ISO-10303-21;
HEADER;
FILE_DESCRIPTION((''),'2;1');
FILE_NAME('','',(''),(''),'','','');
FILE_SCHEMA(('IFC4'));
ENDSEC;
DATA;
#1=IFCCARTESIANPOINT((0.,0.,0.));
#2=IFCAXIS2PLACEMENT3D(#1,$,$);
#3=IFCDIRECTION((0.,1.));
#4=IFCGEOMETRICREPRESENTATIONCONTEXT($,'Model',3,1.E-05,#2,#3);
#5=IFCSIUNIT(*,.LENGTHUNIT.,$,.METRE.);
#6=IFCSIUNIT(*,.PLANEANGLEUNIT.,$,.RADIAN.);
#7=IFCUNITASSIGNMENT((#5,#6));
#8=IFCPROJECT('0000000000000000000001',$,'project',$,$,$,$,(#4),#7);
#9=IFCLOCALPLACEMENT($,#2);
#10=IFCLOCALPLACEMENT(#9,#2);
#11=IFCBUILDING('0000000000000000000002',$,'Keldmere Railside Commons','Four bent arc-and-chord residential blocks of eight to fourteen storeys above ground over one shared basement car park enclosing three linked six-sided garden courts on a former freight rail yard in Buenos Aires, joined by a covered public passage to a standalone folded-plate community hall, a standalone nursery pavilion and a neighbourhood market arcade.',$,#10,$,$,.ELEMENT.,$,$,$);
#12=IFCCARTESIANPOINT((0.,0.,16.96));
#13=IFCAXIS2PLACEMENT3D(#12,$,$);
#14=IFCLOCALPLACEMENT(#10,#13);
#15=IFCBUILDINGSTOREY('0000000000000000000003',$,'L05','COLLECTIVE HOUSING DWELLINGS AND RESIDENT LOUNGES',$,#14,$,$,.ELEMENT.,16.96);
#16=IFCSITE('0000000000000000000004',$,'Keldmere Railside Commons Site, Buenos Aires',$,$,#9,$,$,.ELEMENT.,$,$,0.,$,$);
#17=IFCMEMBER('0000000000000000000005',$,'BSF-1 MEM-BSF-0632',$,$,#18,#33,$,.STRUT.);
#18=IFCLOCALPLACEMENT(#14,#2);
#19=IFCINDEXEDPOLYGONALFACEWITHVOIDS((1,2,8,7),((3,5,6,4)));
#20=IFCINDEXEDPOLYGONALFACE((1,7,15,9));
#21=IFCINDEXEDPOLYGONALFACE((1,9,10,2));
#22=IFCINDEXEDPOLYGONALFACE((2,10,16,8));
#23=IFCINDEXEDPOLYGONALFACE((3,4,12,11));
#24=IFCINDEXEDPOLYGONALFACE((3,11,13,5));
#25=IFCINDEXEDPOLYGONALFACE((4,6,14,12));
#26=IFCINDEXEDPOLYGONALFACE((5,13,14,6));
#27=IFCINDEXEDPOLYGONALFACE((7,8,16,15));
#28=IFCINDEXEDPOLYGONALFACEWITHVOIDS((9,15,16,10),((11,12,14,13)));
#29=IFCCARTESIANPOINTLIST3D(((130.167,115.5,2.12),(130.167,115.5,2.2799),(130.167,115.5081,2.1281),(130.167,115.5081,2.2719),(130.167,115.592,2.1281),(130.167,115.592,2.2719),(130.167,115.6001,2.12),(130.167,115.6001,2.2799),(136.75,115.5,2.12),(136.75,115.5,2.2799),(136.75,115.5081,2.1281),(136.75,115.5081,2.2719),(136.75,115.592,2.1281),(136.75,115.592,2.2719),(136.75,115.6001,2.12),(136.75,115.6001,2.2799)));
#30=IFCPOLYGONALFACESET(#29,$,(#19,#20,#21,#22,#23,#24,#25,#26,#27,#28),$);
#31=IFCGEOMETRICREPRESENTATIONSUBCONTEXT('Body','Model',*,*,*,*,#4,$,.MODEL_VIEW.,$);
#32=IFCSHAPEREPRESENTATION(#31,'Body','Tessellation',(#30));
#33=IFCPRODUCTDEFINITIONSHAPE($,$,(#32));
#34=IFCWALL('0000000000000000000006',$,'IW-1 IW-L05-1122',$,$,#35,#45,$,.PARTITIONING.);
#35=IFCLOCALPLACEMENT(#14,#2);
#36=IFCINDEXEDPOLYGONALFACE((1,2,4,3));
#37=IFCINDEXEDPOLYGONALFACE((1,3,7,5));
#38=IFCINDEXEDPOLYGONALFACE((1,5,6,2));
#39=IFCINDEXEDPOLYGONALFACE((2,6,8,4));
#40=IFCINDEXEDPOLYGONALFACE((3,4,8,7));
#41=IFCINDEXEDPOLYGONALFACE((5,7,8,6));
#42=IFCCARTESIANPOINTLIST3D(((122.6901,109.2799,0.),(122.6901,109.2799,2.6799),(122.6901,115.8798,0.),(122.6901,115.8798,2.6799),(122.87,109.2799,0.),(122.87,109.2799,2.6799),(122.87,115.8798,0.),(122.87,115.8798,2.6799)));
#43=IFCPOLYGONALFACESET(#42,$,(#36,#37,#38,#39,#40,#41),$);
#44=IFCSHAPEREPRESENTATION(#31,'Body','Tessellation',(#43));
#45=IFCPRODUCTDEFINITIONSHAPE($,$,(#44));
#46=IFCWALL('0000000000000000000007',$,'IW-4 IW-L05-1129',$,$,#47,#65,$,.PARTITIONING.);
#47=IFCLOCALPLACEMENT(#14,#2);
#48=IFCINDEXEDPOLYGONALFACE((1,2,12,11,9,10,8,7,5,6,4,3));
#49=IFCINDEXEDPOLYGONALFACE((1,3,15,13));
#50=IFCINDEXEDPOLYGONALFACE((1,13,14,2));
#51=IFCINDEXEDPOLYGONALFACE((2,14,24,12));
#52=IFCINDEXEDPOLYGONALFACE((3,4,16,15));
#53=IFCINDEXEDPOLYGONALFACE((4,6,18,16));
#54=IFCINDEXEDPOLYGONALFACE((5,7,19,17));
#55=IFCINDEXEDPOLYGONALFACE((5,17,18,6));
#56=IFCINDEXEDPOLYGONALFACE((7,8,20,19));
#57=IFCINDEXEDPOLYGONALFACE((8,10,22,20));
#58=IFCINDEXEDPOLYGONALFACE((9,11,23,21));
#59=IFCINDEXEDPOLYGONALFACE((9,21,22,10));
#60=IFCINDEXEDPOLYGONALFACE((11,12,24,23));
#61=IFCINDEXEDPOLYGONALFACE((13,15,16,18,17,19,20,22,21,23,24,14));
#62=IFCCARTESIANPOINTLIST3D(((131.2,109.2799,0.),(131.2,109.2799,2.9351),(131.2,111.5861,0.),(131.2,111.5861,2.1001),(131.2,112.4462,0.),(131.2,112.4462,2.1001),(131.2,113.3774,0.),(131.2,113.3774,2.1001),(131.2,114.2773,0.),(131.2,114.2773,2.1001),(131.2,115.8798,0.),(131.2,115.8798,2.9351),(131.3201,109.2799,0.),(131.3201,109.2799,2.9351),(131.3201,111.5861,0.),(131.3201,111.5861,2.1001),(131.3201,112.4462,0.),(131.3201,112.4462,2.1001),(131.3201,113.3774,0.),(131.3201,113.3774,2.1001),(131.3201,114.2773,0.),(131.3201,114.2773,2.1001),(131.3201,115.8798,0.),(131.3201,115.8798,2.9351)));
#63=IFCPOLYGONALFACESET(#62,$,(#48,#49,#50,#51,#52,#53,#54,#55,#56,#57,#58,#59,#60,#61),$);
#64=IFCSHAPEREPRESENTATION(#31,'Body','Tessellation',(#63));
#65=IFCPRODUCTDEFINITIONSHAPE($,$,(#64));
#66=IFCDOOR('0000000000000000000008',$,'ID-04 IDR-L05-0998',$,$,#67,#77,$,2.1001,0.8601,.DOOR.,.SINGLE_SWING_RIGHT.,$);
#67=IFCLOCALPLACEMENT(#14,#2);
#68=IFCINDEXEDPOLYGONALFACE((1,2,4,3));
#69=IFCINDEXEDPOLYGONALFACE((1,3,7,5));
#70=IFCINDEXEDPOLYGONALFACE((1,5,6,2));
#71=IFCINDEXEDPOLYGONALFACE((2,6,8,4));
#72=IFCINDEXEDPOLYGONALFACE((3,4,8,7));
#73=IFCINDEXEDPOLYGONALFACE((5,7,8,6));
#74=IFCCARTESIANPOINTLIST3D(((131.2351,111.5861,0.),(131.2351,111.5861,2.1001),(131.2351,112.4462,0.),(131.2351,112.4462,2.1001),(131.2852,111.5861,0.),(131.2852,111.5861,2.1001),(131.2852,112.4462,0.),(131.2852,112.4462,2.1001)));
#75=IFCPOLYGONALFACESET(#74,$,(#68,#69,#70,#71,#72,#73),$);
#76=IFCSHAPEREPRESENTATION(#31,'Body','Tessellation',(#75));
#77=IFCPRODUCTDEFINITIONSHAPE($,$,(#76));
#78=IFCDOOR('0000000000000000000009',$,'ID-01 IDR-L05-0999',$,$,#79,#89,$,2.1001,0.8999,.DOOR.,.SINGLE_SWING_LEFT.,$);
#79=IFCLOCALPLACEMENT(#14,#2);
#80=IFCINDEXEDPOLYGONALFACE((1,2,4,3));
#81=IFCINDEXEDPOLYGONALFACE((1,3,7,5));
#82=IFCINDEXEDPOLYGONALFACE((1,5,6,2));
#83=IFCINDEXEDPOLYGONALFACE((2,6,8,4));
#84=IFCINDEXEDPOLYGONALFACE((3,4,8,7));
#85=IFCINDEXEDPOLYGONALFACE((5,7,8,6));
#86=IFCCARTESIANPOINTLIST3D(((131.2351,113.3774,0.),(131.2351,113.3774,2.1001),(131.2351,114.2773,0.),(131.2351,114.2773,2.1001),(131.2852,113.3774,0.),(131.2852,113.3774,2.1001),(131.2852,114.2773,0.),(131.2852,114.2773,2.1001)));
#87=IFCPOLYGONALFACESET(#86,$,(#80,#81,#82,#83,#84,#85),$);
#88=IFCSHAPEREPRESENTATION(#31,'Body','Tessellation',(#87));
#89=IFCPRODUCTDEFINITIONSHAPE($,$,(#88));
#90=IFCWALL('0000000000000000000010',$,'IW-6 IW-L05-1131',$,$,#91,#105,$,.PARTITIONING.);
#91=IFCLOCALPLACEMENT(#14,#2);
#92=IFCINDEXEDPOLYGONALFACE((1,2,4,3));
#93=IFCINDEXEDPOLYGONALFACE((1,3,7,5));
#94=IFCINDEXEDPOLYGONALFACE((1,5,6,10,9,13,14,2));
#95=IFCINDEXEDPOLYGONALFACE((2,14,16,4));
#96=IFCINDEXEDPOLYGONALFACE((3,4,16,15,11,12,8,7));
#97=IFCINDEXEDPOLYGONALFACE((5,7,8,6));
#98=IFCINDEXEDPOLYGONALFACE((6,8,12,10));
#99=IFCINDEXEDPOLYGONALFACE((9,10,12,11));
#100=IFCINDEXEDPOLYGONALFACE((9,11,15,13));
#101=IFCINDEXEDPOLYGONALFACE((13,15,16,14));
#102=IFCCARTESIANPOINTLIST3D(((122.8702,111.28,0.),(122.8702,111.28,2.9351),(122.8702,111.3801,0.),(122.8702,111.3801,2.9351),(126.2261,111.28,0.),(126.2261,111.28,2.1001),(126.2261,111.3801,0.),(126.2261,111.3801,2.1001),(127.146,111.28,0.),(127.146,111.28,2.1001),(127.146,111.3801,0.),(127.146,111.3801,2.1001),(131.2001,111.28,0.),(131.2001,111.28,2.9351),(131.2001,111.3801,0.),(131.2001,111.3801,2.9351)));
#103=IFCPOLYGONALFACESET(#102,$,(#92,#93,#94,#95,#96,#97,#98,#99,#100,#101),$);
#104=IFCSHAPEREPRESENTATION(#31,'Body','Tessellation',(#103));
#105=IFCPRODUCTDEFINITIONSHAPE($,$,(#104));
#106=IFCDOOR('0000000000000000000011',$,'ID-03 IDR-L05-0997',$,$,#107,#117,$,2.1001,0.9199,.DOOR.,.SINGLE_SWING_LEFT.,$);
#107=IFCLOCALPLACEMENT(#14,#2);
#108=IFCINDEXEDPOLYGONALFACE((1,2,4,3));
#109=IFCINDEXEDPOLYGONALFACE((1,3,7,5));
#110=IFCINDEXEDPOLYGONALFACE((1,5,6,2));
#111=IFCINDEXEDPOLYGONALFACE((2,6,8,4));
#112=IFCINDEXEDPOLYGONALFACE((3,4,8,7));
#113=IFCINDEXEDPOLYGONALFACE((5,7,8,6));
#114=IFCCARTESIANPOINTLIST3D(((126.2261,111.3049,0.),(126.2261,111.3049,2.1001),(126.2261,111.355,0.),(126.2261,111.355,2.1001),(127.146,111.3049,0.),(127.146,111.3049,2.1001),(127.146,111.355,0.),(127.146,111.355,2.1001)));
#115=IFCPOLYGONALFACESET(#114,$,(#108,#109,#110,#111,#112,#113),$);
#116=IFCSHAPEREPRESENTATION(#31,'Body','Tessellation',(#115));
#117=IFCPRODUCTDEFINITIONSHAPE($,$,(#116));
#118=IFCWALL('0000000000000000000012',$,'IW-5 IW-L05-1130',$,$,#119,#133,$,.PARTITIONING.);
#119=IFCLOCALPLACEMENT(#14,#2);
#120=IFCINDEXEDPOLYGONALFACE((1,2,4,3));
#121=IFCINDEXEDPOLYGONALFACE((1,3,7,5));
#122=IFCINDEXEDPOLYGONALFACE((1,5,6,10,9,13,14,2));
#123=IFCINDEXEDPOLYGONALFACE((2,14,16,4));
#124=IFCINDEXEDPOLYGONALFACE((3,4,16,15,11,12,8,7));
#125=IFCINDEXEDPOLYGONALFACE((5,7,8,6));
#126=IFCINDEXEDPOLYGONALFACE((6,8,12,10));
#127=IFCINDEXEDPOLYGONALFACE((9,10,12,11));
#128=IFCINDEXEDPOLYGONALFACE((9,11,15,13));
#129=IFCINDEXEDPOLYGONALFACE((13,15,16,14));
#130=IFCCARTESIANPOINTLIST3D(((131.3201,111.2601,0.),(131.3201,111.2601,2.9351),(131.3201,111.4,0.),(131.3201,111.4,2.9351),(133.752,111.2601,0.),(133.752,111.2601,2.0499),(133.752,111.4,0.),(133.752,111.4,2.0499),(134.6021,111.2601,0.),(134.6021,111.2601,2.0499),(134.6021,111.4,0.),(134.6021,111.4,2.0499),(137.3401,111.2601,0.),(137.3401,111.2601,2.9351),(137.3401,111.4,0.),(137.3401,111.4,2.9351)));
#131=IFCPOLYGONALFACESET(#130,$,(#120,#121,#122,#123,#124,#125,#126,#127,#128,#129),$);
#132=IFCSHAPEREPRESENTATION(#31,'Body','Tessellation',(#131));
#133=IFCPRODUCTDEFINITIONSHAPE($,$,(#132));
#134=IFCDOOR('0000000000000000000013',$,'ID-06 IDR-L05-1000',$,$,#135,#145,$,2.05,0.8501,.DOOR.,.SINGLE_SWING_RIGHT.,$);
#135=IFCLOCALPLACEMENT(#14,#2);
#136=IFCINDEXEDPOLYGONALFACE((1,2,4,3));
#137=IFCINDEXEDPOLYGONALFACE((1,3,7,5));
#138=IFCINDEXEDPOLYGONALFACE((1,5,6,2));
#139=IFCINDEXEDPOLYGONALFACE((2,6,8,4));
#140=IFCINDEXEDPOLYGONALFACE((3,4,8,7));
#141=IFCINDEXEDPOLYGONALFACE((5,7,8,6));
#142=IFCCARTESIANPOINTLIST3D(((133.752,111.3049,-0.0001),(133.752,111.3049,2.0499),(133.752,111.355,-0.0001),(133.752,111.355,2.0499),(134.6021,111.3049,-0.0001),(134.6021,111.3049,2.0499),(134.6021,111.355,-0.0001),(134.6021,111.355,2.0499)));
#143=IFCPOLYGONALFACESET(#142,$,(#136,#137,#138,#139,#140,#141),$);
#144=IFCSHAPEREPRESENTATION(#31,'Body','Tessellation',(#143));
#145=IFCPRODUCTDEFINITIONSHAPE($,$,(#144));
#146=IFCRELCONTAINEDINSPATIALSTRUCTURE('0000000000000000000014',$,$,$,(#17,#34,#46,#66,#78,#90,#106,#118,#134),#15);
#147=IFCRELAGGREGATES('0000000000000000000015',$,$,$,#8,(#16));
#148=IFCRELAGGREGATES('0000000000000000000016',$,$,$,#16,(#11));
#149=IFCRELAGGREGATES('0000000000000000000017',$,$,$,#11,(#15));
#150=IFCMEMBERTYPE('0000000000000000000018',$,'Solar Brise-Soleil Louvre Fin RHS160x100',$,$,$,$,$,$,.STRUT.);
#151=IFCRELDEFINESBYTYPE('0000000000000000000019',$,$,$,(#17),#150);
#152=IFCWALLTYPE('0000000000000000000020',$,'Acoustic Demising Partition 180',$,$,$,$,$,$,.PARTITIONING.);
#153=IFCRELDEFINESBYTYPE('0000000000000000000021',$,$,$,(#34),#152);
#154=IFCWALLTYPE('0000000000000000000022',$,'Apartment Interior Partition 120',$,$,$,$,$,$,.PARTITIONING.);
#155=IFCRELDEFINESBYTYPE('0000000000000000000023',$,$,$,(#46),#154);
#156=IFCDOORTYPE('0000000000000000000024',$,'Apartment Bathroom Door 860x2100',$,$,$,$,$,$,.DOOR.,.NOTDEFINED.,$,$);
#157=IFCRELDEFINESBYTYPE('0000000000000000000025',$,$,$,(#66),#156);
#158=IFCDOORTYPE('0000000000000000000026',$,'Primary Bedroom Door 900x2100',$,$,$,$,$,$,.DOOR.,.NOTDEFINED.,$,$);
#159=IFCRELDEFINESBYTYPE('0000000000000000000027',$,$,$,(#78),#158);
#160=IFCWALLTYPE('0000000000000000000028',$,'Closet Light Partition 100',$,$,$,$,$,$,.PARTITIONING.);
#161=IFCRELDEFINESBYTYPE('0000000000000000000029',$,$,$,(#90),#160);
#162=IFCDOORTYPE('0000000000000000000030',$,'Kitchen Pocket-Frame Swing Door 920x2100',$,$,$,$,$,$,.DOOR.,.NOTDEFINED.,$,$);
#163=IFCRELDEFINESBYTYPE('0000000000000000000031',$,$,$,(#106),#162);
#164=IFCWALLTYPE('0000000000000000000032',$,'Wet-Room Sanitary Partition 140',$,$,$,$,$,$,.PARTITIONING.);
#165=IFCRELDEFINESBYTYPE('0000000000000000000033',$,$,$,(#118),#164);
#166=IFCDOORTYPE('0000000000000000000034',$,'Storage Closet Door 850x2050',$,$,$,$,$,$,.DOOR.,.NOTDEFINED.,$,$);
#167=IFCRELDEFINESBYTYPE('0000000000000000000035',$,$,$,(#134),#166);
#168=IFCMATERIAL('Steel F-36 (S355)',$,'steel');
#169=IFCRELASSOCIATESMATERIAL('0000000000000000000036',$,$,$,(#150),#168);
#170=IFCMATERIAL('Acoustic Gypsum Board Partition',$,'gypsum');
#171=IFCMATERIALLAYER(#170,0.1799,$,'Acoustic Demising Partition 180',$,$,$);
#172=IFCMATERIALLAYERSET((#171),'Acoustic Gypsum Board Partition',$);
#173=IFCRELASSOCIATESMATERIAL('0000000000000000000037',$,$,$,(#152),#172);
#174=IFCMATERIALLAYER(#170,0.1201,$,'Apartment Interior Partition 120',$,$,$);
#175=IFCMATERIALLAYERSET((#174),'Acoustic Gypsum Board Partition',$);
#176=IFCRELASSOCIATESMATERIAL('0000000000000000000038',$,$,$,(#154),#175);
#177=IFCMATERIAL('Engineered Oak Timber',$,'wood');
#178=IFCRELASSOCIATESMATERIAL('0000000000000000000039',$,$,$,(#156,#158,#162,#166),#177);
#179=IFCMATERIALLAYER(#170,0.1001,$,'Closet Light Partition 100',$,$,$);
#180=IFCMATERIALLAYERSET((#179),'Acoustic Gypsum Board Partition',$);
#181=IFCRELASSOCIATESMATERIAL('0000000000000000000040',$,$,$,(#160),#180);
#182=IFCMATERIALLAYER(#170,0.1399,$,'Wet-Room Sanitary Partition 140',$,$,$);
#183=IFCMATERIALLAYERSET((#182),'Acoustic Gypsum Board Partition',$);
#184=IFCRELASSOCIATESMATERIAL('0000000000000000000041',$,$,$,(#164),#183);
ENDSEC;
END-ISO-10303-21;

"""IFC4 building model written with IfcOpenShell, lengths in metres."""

from ifc_helpers import new_model, si_unit, direction, frame, frame_2d, origin, origin_2d, place, context, subcontext, project, spatial, rectangle, hollow_rectangle, extrude, material, layer, layer_set, material_profile, profile_set, type_object, element, fill, save


model = new_model("IFC4")

# Units and contexts
model_context = context("Model", 3, precision=1e-05, world=origin(), true_north=direction((0.0, 1.0)))
body_context = subcontext(model_context, "Body", "Model", "MODEL_VIEW")
ifc_project = project(units=[si_unit("LENGTHUNIT", "METRE"), si_unit("PLANEANGLEUNIT", "RADIAN")], contexts=[model_context])

# Site, building, storey
site_placement = place(None, origin())
site = spatial("IfcSite", under=ifc_project, at=site_placement, Name="Keldmere Railside Commons Site, Buenos Aires", CompositionType="ELEMENT", RefElevation=0.0)
building_placement = place(site_placement, origin())
building = spatial("IfcBuilding", under=site, at=building_placement, Name="Keldmere Railside Commons", Description="Four bent arc-and-chord residential blocks of eight to fourteen storeys above ground over one shared basement car park enclosing three linked six-sided garden courts on a former freight rail yard in Buenos Aires, joined by a covered public passage to a standalone folded-plate community hall, a standalone nursery pavilion and a neighbourhood market arcade.", CompositionType="ELEMENT")
storey_placement = place(building_placement, frame((0.0, 0.0, 16.96)))
storey = spatial("IfcBuildingStorey", under=building, at=storey_placement, Name="L05", Description="COLLECTIVE HOUSING DWELLINGS AND RESIDENT LOUNGES", CompositionType="ELEMENT", Elevation=16.96)

# Shared definitions
ifc_material_1 = material(Name="Steel F-36 (S355)", Category="steel")

# Member
ifc_material_profile_1 = material_profile(ifc_material_1, hollow_rectangle(XDim=0.1001, YDim=0.1599, WallThickness=0.0081, at=origin_2d()), Name="RHS-160x100x8")
ifc_profile_set_1 = profile_set([ifc_material_profile_1], Name="Steel F-36 (S355)")
member_type_1 = type_object("IfcMemberType", Name="Solar Brise-Soleil Louvre Fin RHS160x100", PredefinedType="STRUT", material=ifc_profile_set_1)
member_1_placement = place(storey_placement, frame((130.167, 115.55, 2.2), z_axis=(1.0, 0.0, 0.0), x_axis=(0.0, 1.0, 0.0)))
element("IfcMember", 1, at=member_1_placement, inside=storey, type_object=member_type_1, Name="BSF-1 MEM-BSF-0632", PredefinedType="STRUT", context=body_context, shape_type="SweptSolid", body=[
    extrude(hollow_rectangle(XDim=0.1001, YDim=0.1599, WallThickness=0.0081, at=origin_2d()), origin(), (0.0, 0.0, 1.0), 6.583),
])

# Wall
ifc_material_2 = material(Name="Acoustic Gypsum Board Partition", Category="gypsum")
ifc_layer_1 = layer(ifc_material_2, 0.1799, Name="Acoustic Demising Partition 180")
ifc_layer_set_1 = layer_set([ifc_layer_1], Name="Acoustic Gypsum Board Partition")
wall_type_1 = type_object("IfcWallType", Name="Acoustic Demising Partition 180", PredefinedType="PARTITIONING", material=ifc_layer_set_1)
wall_1_placement = place(storey_placement, frame((122.78, 109.28, 0.0), z_axis=(0.0, 0.0, 1.0), x_axis=(0.0, 1.0, 0.0)))
element("IfcWall", 2, at=wall_1_placement, inside=storey, type_object=wall_type_1, Name="IW-1 IW-L05-1122", PredefinedType="PARTITIONING", context=body_context, shape_type="SweptSolid", body=[
    extrude(rectangle(XDim=6.5999, YDim=0.1799, at=frame_2d((3.2998, 0.0))), origin(), (0.0, 0.0, 1.0), 2.6799),
])

# Wall, openings, doors
ifc_layer_2 = layer(ifc_material_2, 0.1201, Name="Apartment Interior Partition 120")
ifc_layer_set_2 = layer_set([ifc_layer_2], Name="Acoustic Gypsum Board Partition")
wall_type_2 = type_object("IfcWallType", Name="Apartment Interior Partition 120", PredefinedType="PARTITIONING", material=ifc_layer_set_2)
wall_2_placement = place(storey_placement, frame((131.26, 109.28, 0.0), z_axis=(0.0, 0.0, 1.0), x_axis=(0.0, 1.0, 0.0)))
wall_2 = element("IfcWall", 3, at=wall_2_placement, inside=storey, type_object=wall_type_2, Name="IW-4 IW-L05-1129", PredefinedType="PARTITIONING", context=body_context, shape_type="SweptSolid", body=[
    extrude(rectangle(XDim=6.5999, YDim=0.1201, at=frame_2d((3.2998, 0.0))), origin(), (0.0, 0.0, 1.0), 2.9351),
])
opening_1_placement = place(wall_2_placement, frame((2.3059, 0.0, 0.0)))
opening_1 = element("IfcOpeningElement", 4, at=opening_1_placement, cuts=wall_2, PredefinedType="OPENING", context=body_context, shape_type="SweptSolid", body=[
    extrude(rectangle(XDim=0.8601, YDim=2.1001, at=frame_2d((0.4302, 1.05))), frame((0.0, 0.0701, 0.0), z_axis=(0.0, -1.0, 0.0), x_axis=(1.0, 0.0, 0.0)), (0.0, 0.0, 1.0), 0.1401),
])
opening_2_placement = place(wall_2_placement, frame((4.0974, 0.0, 0.0)))
opening_2 = element("IfcOpeningElement", 5, at=opening_2_placement, cuts=wall_2, PredefinedType="OPENING", context=body_context, shape_type="SweptSolid", body=[
    extrude(rectangle(XDim=0.8999, YDim=2.1001, at=frame_2d((0.45, 1.05))), frame((0.0, 0.0701, 0.0), z_axis=(0.0, -1.0, 0.0), x_axis=(1.0, 0.0, 0.0)), (0.0, 0.0, 1.0), 0.1401),
])
ifc_material_3 = material(Name="Engineered Oak Timber", Category="wood")
door_type_1 = type_object("IfcDoorType", Name="Apartment Bathroom Door 860x2100", OperationType="NOTDEFINED", PredefinedType="DOOR", material=ifc_material_3)
door_1_placement = place(opening_1_placement, origin())
door_1 = element("IfcDoor", 6, at=door_1_placement, inside=storey, type_object=door_type_1, Name="ID-04 IDR-L05-0998", OperationType="SINGLE_SWING_RIGHT", OverallHeight=2.1001, OverallWidth=0.8601, PredefinedType="DOOR", context=body_context, shape_type="SweptSolid", body=[
    extrude(rectangle(XDim=0.8601, YDim=2.1001, at=frame_2d((0.4302, 1.05))), frame((0.0, 0.0249, 0.0), z_axis=(0.0, -1.0, 0.0), x_axis=(1.0, 0.0, 0.0)), (0.0, 0.0, 1.0), 0.05),
])
fill(opening_1, door_1)
door_type_2 = type_object("IfcDoorType", Name="Primary Bedroom Door 900x2100", OperationType="NOTDEFINED", PredefinedType="DOOR", material=ifc_material_3)
door_2_placement = place(opening_2_placement, origin())
door_2 = element("IfcDoor", 7, at=door_2_placement, inside=storey, type_object=door_type_2, Name="ID-01 IDR-L05-0999", OperationType="SINGLE_SWING_LEFT", OverallHeight=2.1001, OverallWidth=0.8999, PredefinedType="DOOR", context=body_context, shape_type="SweptSolid", body=[
    extrude(rectangle(XDim=0.8999, YDim=2.1001, at=frame_2d((0.45, 1.05))), frame((0.0, 0.0249, 0.0), z_axis=(0.0, -1.0, 0.0), x_axis=(1.0, 0.0, 0.0)), (0.0, 0.0, 1.0), 0.05),
])
fill(opening_2, door_2)

# Walls, openings, doors
ifc_layer_3 = layer(ifc_material_2, 0.1001, Name="Closet Light Partition 100")
ifc_layer_set_3 = layer_set([ifc_layer_3], Name="Acoustic Gypsum Board Partition")
wall_type_3 = type_object("IfcWallType", Name="Closet Light Partition 100", PredefinedType="PARTITIONING", material=ifc_layer_set_3)
wall_3_placement = place(storey_placement, frame((122.8701, 111.3301, 0.0), z_axis=(0.0, 0.0, 1.0), x_axis=(1.0, 0.0, 0.0)))
wall_3 = element("IfcWall", 8, at=wall_3_placement, inside=storey, type_object=wall_type_3, Name="IW-6 IW-L05-1131", PredefinedType="PARTITIONING", context=body_context, shape_type="SweptSolid", body=[
    extrude(rectangle(XDim=8.3298, YDim=0.1001, at=frame_2d((4.165, 0.0))), origin(), (0.0, 0.0, 1.0), 2.9351),
])
opening_3_placement = place(wall_3_placement, frame((3.356, 0.0, 0.0)))
opening_3 = element("IfcOpeningElement", 9, at=opening_3_placement, cuts=wall_3, PredefinedType="OPENING", context=body_context, shape_type="SweptSolid", body=[
    extrude(rectangle(XDim=0.9199, YDim=2.1001, at=frame_2d((0.46, 1.05))), frame((0.0, 0.0601, 0.0), z_axis=(0.0, -1.0, 0.0), x_axis=(1.0, 0.0, 0.0)), (0.0, 0.0, 1.0), 0.1201),
])
door_type_3 = type_object("IfcDoorType", Name="Kitchen Pocket-Frame Swing Door 920x2100", OperationType="NOTDEFINED", PredefinedType="DOOR", material=ifc_material_3)
door_3_placement = place(opening_3_placement, origin())
door_3 = element("IfcDoor", 10, at=door_3_placement, inside=storey, type_object=door_type_3, Name="ID-03 IDR-L05-0997", OperationType="SINGLE_SWING_LEFT", OverallHeight=2.1001, OverallWidth=0.9199, PredefinedType="DOOR", context=body_context, shape_type="SweptSolid", body=[
    extrude(rectangle(XDim=0.9199, YDim=2.1001, at=frame_2d((0.46, 1.05))), frame((0.0, 0.0249, 0.0), z_axis=(0.0, -1.0, 0.0), x_axis=(1.0, 0.0, 0.0)), (0.0, 0.0, 1.0), 0.05),
])
fill(opening_3, door_3)
ifc_layer_4 = layer(ifc_material_2, 0.1399, Name="Wet-Room Sanitary Partition 140")
ifc_layer_set_4 = layer_set([ifc_layer_4], Name="Acoustic Gypsum Board Partition")
wall_type_4 = type_object("IfcWallType", Name="Wet-Room Sanitary Partition 140", PredefinedType="PARTITIONING", material=ifc_layer_set_4)
wall_4_placement = place(storey_placement, frame((131.3201, 111.3301, 0.0), z_axis=(0.0, 0.0, 1.0), x_axis=(1.0, 0.0, 0.0)))
wall_4 = element("IfcWall", 11, at=wall_4_placement, inside=storey, type_object=wall_type_4, Name="IW-5 IW-L05-1130", PredefinedType="PARTITIONING", context=body_context, shape_type="SweptSolid", body=[
    extrude(rectangle(XDim=6.02, YDim=0.1399, at=frame_2d((3.01, 0.0))), origin(), (0.0, 0.0, 1.0), 2.9351),
])
opening_4_placement = place(wall_4_placement, frame((2.4319, 0.0, 0.0)))
opening_4 = element("IfcOpeningElement", 12, at=opening_4_placement, cuts=wall_4, PredefinedType="OPENING", context=body_context, shape_type="SweptSolid", body=[
    extrude(rectangle(XDim=0.8501, YDim=2.05, at=frame_2d((0.425, 1.0249))), frame((0.0, 0.0798, 0.0), z_axis=(0.0, -1.0, 0.0), x_axis=(1.0, 0.0, 0.0)), (0.0, 0.0, 1.0), 0.1599),
])
door_type_4 = type_object("IfcDoorType", Name="Storage Closet Door 850x2050", OperationType="NOTDEFINED", PredefinedType="DOOR", material=ifc_material_3)
door_4_placement = place(opening_4_placement, origin())
door_4 = element("IfcDoor", 13, at=door_4_placement, inside=storey, type_object=door_type_4, Name="ID-06 IDR-L05-1000", OperationType="SINGLE_SWING_RIGHT", OverallHeight=2.05, OverallWidth=0.8501, PredefinedType="DOOR", context=body_context, shape_type="SweptSolid", body=[
    extrude(rectangle(XDim=0.8501, YDim=2.05, at=frame_2d((0.425, 1.0249))), frame((0.0, 0.0249, 0.0), z_axis=(0.0, -1.0, 0.0), x_axis=(1.0, 0.0, 0.0)), (0.0, 0.0, 1.0), 0.05),
])
fill(opening_4, door_4)

save(model, "model.ifc")
